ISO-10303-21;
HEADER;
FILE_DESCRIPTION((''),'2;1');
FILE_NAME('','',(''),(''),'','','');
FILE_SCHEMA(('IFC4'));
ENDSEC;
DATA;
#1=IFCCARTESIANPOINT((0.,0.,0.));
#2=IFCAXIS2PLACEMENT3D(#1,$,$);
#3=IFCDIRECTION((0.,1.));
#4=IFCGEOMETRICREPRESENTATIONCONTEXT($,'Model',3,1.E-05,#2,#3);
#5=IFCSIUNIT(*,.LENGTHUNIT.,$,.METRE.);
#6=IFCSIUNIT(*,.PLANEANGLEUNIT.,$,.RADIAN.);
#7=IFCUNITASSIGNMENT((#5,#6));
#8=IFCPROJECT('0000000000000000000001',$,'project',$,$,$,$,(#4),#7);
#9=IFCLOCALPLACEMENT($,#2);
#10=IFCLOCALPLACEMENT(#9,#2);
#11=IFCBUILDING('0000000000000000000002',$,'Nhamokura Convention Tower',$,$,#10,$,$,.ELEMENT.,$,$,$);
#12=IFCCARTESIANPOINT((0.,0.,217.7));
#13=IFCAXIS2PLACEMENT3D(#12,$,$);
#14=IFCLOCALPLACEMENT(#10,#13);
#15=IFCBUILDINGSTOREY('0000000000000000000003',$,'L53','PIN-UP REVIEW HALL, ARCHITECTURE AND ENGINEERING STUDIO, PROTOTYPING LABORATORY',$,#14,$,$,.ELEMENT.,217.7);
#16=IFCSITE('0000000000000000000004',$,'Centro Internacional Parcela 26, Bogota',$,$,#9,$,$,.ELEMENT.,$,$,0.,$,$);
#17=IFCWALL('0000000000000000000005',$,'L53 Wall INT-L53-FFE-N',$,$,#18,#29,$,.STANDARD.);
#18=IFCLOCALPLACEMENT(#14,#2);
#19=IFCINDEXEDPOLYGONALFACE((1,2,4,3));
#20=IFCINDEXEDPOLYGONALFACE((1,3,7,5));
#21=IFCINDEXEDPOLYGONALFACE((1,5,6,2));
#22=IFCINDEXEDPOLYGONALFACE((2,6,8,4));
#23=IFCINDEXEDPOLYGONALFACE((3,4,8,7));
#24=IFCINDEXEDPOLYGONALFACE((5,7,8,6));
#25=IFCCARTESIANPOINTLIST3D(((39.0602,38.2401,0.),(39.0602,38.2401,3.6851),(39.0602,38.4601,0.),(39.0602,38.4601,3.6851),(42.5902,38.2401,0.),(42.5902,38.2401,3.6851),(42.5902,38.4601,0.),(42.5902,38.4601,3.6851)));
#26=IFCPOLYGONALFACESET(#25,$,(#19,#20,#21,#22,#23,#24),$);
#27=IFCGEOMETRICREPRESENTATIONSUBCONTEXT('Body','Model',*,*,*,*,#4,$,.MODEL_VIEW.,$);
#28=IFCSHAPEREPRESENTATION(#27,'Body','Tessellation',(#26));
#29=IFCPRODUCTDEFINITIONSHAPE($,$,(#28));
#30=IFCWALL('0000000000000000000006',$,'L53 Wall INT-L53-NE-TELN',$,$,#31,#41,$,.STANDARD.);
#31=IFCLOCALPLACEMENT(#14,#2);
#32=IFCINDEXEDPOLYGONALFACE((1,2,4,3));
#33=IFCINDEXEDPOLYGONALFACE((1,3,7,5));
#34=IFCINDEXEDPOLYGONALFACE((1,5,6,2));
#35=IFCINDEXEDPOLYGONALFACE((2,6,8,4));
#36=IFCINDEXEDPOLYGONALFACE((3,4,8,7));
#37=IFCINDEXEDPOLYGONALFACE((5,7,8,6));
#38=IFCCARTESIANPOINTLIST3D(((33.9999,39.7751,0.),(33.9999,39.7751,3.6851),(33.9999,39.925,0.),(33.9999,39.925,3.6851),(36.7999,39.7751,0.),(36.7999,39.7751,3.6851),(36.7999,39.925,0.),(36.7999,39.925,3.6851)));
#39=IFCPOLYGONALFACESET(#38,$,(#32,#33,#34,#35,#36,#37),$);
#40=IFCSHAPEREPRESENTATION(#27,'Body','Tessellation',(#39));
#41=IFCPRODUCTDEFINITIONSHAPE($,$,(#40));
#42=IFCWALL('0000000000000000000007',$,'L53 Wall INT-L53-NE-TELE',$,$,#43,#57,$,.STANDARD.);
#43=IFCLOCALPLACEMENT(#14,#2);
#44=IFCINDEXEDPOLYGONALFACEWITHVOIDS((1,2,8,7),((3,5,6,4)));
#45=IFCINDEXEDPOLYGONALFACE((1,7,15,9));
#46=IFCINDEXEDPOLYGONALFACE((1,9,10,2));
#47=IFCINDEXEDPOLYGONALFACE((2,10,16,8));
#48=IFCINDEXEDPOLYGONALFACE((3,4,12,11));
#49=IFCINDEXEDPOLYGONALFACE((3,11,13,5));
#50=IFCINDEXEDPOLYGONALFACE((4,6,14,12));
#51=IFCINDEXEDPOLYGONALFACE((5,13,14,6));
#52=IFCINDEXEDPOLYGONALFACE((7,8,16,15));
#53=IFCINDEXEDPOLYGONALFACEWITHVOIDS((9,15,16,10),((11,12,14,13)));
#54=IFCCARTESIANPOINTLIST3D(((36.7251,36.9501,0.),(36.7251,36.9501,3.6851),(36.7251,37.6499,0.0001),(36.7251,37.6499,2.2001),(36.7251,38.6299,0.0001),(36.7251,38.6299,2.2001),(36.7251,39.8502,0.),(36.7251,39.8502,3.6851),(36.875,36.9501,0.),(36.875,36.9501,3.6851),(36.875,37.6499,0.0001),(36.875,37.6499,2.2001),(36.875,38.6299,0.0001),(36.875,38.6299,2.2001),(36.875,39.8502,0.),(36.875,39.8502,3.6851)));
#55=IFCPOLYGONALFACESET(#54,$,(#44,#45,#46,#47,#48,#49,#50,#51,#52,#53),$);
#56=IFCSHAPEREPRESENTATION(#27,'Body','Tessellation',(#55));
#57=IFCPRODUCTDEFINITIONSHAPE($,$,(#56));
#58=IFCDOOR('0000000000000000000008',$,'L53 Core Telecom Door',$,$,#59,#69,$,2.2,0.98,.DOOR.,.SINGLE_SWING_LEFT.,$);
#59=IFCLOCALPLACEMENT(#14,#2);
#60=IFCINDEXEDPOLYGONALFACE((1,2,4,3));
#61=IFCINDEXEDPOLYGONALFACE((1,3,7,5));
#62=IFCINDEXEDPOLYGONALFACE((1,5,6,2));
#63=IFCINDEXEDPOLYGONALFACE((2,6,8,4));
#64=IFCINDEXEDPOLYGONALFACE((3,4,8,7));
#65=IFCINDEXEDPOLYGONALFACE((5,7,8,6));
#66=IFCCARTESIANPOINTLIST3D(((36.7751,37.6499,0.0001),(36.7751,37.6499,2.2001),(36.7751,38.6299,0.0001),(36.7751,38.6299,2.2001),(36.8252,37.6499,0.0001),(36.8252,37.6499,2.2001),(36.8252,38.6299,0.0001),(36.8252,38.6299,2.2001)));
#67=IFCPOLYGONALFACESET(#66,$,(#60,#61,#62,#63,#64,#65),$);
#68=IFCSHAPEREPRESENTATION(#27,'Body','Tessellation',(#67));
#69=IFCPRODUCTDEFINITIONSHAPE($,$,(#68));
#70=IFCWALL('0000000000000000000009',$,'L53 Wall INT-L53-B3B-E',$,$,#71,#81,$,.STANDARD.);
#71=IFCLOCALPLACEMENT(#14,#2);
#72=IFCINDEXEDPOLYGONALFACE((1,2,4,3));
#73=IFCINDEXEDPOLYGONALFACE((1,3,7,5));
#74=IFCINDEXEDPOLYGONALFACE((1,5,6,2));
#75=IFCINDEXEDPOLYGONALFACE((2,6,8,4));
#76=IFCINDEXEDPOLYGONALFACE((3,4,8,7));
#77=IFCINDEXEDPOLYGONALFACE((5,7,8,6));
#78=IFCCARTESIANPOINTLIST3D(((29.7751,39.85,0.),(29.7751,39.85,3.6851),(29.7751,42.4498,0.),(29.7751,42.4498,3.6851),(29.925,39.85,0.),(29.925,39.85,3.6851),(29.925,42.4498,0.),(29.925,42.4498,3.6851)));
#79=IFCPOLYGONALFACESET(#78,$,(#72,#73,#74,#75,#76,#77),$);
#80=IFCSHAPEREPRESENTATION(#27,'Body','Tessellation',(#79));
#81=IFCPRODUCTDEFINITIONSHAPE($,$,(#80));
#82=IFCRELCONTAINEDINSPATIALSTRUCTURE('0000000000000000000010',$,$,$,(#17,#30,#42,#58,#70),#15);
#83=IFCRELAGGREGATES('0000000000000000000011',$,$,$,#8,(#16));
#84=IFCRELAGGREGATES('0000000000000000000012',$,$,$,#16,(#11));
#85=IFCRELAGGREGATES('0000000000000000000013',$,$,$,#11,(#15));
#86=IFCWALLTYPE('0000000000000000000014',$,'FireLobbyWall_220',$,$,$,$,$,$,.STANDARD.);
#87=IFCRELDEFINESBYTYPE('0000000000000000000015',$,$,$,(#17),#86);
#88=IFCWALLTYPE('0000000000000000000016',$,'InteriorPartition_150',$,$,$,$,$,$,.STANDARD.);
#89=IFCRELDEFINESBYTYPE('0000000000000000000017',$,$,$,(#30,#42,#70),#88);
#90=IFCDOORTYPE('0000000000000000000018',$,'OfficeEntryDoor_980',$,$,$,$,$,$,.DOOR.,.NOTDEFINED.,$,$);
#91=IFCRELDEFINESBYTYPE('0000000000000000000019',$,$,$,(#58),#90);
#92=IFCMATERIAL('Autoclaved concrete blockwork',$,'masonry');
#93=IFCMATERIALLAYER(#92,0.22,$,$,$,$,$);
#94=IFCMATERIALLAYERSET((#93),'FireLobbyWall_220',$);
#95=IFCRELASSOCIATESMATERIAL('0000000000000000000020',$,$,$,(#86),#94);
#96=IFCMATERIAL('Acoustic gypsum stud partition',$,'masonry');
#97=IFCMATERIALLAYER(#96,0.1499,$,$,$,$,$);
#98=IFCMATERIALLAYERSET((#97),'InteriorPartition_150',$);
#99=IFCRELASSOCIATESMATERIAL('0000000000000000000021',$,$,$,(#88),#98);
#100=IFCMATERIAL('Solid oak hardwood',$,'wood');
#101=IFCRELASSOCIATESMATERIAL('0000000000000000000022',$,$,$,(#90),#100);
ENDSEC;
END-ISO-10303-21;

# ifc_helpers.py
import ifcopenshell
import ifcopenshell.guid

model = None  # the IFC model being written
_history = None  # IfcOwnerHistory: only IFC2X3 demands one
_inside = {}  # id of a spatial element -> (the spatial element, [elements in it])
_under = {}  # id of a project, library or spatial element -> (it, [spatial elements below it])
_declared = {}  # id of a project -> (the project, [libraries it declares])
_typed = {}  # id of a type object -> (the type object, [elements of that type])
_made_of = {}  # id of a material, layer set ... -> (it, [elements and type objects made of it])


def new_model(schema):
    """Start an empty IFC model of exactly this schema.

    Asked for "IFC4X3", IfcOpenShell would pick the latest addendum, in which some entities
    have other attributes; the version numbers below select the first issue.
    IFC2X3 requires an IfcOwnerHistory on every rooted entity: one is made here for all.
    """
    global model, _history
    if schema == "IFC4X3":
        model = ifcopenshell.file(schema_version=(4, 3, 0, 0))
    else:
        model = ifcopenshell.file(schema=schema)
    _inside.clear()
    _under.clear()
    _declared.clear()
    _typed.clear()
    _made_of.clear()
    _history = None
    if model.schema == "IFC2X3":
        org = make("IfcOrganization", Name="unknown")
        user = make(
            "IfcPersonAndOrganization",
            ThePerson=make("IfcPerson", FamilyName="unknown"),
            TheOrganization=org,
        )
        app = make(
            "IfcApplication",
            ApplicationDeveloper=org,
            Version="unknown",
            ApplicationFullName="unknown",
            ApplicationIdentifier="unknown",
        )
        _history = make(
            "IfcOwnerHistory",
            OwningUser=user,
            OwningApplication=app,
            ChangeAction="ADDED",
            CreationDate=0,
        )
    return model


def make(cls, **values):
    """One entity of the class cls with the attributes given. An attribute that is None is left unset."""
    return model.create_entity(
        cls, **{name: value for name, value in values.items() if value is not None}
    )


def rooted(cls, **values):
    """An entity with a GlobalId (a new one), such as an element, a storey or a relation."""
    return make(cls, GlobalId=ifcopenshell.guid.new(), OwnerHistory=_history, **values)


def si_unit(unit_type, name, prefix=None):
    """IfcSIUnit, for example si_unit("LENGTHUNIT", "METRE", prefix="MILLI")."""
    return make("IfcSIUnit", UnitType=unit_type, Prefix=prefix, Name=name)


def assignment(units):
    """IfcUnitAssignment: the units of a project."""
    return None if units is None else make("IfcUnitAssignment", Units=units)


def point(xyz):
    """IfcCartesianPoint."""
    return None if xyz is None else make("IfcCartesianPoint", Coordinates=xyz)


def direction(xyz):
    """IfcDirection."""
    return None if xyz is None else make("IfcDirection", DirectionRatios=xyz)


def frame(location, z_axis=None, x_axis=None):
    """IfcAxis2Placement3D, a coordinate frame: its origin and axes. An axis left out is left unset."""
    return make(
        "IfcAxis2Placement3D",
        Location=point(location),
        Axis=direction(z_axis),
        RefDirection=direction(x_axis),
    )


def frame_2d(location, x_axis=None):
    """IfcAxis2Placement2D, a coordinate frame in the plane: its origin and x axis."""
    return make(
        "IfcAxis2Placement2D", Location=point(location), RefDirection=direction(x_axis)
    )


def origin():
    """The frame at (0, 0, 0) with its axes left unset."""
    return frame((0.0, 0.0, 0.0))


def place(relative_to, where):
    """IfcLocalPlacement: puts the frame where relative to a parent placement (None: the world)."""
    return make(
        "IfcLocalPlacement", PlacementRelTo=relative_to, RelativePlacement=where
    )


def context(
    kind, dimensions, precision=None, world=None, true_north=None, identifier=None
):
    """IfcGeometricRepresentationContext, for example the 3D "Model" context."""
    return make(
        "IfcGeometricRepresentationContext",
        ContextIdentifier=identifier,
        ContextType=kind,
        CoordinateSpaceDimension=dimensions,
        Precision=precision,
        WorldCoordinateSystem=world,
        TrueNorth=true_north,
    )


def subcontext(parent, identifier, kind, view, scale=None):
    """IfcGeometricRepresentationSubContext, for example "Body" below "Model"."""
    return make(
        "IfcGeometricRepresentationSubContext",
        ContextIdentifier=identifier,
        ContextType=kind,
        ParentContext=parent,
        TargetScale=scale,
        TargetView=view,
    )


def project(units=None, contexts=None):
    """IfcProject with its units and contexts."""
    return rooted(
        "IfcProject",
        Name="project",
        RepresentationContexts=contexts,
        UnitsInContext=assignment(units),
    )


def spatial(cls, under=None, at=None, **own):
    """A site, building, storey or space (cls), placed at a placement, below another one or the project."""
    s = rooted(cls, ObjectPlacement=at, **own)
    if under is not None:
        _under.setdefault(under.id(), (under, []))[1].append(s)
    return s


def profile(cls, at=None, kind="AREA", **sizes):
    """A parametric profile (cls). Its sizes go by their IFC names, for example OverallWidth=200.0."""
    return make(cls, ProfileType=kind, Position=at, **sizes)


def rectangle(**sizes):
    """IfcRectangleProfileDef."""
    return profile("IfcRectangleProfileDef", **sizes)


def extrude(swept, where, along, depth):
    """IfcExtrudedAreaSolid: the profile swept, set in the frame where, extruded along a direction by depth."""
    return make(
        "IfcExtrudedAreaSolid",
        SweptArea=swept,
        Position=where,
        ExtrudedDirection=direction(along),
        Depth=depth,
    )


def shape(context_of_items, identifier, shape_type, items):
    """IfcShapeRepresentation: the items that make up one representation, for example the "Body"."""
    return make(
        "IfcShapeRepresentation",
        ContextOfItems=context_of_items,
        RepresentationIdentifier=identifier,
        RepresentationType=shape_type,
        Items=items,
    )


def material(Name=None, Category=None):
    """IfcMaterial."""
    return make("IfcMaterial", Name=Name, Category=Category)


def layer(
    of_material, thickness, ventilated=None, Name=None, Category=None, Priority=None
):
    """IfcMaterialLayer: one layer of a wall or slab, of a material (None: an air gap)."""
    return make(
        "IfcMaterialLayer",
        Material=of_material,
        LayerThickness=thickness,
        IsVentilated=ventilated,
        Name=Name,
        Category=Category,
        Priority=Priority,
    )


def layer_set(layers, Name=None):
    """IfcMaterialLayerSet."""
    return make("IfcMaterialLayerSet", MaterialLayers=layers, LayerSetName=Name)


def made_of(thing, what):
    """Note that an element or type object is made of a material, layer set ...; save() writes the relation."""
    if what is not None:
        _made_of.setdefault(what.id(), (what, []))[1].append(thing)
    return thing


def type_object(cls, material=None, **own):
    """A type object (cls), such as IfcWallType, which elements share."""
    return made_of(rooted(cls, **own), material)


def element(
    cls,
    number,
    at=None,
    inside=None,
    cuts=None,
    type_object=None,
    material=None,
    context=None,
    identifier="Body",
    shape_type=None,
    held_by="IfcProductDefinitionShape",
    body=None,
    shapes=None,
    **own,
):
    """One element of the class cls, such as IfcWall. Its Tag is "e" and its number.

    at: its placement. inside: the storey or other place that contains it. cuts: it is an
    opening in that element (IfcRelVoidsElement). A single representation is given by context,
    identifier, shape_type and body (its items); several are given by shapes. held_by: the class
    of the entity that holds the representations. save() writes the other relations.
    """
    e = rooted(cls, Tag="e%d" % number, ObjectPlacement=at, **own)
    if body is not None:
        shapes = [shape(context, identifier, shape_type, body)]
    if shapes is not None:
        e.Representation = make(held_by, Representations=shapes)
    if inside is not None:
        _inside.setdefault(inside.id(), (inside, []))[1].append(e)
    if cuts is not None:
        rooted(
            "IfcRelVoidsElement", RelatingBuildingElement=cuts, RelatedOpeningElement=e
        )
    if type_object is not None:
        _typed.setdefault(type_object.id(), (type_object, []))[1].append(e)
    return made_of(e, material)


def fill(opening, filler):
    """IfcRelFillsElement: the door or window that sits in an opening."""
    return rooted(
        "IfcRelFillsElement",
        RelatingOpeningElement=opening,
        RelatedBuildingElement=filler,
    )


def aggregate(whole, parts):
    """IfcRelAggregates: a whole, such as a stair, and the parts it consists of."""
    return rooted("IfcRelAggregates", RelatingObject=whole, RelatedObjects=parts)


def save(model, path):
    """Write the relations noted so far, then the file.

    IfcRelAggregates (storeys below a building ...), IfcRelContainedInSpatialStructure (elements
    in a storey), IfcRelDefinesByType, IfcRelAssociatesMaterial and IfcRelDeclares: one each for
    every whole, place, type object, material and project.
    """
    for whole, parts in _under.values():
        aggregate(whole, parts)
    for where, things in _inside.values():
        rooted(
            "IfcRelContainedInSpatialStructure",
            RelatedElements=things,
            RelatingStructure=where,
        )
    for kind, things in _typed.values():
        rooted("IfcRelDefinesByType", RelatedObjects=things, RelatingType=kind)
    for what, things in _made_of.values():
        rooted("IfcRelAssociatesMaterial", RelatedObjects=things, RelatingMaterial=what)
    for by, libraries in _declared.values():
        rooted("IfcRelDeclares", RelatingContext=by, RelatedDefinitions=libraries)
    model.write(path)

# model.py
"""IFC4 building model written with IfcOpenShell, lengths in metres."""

from ifc_helpers import new_model, si_unit, direction, frame, frame_2d, origin, place, context, subcontext, project, spatial, rectangle, extrude, material, layer, layer_set, type_object, element, fill, save


model = new_model("IFC4")

# Units and contexts
model_context = context("Model", 3, precision=1e-05, world=origin(), true_north=direction((0.0, 1.0)))
body_context = subcontext(model_context, "Body", "Model", "MODEL_VIEW")
ifc_project = project(units=[si_unit("LENGTHUNIT", "METRE"), si_unit("PLANEANGLEUNIT", "RADIAN")], contexts=[model_context])

# Site, building, storey
site_placement = place(None, origin())
site = spatial("IfcSite", under=ifc_project, at=site_placement, Name="Centro Internacional Parcela 26, Bogota", CompositionType="ELEMENT", RefElevation=0.0)
building_placement = place(site_placement, origin())
building = spatial("IfcBuilding", under=site, at=building_placement, Name="Nhamokura Convention Tower", CompositionType="ELEMENT")
storey_placement = place(building_placement, frame((0.0, 0.0, 217.7)))
storey = spatial("IfcBuildingStorey", under=building, at=storey_placement, Name="L53", Description="PIN-UP REVIEW HALL, ARCHITECTURE AND ENGINEERING STUDIO, PROTOTYPING LABORATORY", CompositionType="ELEMENT", Elevation=217.7)

# Wall
ifc_material_1 = material(Name="Autoclaved concrete blockwork", Category="masonry")
ifc_layer_1 = layer(ifc_material_1, 0.22)
ifc_layer_set_1 = layer_set([ifc_layer_1], Name="FireLobbyWall_220")
wall_type_1 = type_object("IfcWallType", Name="FireLobbyWall_220", PredefinedType="STANDARD", material=ifc_layer_set_1)
wall_1_placement = place(storey_placement, frame((39.0601, 38.3501, 0.0), z_axis=(0.0, 0.0, 1.0), x_axis=(1.0, 0.0, 0.0)))
element("IfcWall", 1, at=wall_1_placement, inside=storey, type_object=wall_type_1, Name="L53 Wall INT-L53-FFE-N", PredefinedType="STANDARD", context=body_context, shape_type="SweptSolid", body=[
    extrude(rectangle(XDim=3.53, YDim=0.22, at=frame_2d((1.7651, 0.0))), origin(), (0.0, 0.0, 1.0), 3.6851),
])

# Wall
ifc_material_2 = material(Name="Acoustic gypsum stud partition", Category="masonry")
ifc_layer_2 = layer(ifc_material_2, 0.1499)
ifc_layer_set_2 = layer_set([ifc_layer_2], Name="InteriorPartition_150")
wall_type_2 = type_object("IfcWallType", Name="InteriorPartition_150", PredefinedType="STANDARD", material=ifc_layer_set_2)
wall_2_placement = place(storey_placement, frame((34.0, 39.8501, 0.0), z_axis=(0.0, 0.0, 1.0), x_axis=(1.0, 0.0, 0.0)))
element("IfcWall", 2, at=wall_2_placement, inside=storey, type_object=wall_type_2, Name="L53 Wall INT-L53-NE-TELN", PredefinedType="STANDARD", context=body_context, shape_type="SweptSolid", body=[
    extrude(rectangle(XDim=2.8, YDim=0.1499, at=frame_2d((1.3999, 0.0))), origin(), (0.0, 0.0, 1.0), 3.6851),
])

# Wall, opening, door
wall_3_placement = place(storey_placement, frame((36.8, 36.95, 0.0), z_axis=(0.0, 0.0, 1.0), x_axis=(0.0, 1.0, 0.0)))
wall_3 = element("IfcWall", 3, at=wall_3_placement, inside=storey, type_object=wall_type_2, Name="L53 Wall INT-L53-NE-TELE", PredefinedType="STANDARD", context=body_context, shape_type="SweptSolid", body=[
    extrude(rectangle(XDim=2.9001, YDim=0.1499, at=frame_2d((1.4502, 0.0))), origin(), (0.0, 0.0, 1.0), 3.6851),
])
opening_1_placement = place(wall_3_placement, frame((0.7, 0.0, 0.0)))
opening_1 = element("IfcOpeningElement", 4, at=opening_1_placement, cuts=wall_3, PredefinedType="OPENING", context=body_context, shape_type="SweptSolid", body=[
    extrude(rectangle(XDim=0.98, YDim=2.2, at=frame_2d((0.49, 1.1001))), frame((0.0, 0.085, 0.0), z_axis=(0.0, -1.0, 0.0), x_axis=(1.0, 0.0, 0.0)), (0.0, 0.0, 1.0), 0.1699),
])
ifc_material_3 = material(Name="Solid oak hardwood", Category="wood")
door_type_1 = type_object("IfcDoorType", Name="OfficeEntryDoor_980", OperationType="NOTDEFINED", PredefinedType="DOOR", material=ifc_material_3)
door_1_placement = place(opening_1_placement, origin())
door_1 = element("IfcDoor", 5, at=door_1_placement, inside=storey, type_object=door_type_1, Name="L53 Core Telecom Door", OperationType="SINGLE_SWING_LEFT", OverallHeight=2.2, OverallWidth=0.98, PredefinedType="DOOR", context=body_context, shape_type="SweptSolid", body=[
    extrude(rectangle(XDim=0.98, YDim=2.2, at=frame_2d((0.49, 1.1001))), frame((0.0, 0.0249, 0.0), z_axis=(0.0, -1.0, 0.0), x_axis=(1.0, 0.0, 0.0)), (0.0, 0.0, 1.0), 0.05),
])
fill(opening_1, door_1)

# Wall
wall_4_placement = place(storey_placement, frame((29.8501, 39.8501, 0.0), z_axis=(0.0, 0.0, 1.0), x_axis=(0.0, 1.0, 0.0)))
element("IfcWall", 6, at=wall_4_placement, inside=storey, type_object=wall_type_2, Name="L53 Wall INT-L53-B3B-E", PredefinedType="STANDARD", context=body_context, shape_type="SweptSolid", body=[
    extrude(rectangle(XDim=2.5999, YDim=0.1499, at=frame_2d((1.2998, 0.0))), origin(), (0.0, 0.0, 1.0), 3.6851),
])

save(model, "model.ifc")
